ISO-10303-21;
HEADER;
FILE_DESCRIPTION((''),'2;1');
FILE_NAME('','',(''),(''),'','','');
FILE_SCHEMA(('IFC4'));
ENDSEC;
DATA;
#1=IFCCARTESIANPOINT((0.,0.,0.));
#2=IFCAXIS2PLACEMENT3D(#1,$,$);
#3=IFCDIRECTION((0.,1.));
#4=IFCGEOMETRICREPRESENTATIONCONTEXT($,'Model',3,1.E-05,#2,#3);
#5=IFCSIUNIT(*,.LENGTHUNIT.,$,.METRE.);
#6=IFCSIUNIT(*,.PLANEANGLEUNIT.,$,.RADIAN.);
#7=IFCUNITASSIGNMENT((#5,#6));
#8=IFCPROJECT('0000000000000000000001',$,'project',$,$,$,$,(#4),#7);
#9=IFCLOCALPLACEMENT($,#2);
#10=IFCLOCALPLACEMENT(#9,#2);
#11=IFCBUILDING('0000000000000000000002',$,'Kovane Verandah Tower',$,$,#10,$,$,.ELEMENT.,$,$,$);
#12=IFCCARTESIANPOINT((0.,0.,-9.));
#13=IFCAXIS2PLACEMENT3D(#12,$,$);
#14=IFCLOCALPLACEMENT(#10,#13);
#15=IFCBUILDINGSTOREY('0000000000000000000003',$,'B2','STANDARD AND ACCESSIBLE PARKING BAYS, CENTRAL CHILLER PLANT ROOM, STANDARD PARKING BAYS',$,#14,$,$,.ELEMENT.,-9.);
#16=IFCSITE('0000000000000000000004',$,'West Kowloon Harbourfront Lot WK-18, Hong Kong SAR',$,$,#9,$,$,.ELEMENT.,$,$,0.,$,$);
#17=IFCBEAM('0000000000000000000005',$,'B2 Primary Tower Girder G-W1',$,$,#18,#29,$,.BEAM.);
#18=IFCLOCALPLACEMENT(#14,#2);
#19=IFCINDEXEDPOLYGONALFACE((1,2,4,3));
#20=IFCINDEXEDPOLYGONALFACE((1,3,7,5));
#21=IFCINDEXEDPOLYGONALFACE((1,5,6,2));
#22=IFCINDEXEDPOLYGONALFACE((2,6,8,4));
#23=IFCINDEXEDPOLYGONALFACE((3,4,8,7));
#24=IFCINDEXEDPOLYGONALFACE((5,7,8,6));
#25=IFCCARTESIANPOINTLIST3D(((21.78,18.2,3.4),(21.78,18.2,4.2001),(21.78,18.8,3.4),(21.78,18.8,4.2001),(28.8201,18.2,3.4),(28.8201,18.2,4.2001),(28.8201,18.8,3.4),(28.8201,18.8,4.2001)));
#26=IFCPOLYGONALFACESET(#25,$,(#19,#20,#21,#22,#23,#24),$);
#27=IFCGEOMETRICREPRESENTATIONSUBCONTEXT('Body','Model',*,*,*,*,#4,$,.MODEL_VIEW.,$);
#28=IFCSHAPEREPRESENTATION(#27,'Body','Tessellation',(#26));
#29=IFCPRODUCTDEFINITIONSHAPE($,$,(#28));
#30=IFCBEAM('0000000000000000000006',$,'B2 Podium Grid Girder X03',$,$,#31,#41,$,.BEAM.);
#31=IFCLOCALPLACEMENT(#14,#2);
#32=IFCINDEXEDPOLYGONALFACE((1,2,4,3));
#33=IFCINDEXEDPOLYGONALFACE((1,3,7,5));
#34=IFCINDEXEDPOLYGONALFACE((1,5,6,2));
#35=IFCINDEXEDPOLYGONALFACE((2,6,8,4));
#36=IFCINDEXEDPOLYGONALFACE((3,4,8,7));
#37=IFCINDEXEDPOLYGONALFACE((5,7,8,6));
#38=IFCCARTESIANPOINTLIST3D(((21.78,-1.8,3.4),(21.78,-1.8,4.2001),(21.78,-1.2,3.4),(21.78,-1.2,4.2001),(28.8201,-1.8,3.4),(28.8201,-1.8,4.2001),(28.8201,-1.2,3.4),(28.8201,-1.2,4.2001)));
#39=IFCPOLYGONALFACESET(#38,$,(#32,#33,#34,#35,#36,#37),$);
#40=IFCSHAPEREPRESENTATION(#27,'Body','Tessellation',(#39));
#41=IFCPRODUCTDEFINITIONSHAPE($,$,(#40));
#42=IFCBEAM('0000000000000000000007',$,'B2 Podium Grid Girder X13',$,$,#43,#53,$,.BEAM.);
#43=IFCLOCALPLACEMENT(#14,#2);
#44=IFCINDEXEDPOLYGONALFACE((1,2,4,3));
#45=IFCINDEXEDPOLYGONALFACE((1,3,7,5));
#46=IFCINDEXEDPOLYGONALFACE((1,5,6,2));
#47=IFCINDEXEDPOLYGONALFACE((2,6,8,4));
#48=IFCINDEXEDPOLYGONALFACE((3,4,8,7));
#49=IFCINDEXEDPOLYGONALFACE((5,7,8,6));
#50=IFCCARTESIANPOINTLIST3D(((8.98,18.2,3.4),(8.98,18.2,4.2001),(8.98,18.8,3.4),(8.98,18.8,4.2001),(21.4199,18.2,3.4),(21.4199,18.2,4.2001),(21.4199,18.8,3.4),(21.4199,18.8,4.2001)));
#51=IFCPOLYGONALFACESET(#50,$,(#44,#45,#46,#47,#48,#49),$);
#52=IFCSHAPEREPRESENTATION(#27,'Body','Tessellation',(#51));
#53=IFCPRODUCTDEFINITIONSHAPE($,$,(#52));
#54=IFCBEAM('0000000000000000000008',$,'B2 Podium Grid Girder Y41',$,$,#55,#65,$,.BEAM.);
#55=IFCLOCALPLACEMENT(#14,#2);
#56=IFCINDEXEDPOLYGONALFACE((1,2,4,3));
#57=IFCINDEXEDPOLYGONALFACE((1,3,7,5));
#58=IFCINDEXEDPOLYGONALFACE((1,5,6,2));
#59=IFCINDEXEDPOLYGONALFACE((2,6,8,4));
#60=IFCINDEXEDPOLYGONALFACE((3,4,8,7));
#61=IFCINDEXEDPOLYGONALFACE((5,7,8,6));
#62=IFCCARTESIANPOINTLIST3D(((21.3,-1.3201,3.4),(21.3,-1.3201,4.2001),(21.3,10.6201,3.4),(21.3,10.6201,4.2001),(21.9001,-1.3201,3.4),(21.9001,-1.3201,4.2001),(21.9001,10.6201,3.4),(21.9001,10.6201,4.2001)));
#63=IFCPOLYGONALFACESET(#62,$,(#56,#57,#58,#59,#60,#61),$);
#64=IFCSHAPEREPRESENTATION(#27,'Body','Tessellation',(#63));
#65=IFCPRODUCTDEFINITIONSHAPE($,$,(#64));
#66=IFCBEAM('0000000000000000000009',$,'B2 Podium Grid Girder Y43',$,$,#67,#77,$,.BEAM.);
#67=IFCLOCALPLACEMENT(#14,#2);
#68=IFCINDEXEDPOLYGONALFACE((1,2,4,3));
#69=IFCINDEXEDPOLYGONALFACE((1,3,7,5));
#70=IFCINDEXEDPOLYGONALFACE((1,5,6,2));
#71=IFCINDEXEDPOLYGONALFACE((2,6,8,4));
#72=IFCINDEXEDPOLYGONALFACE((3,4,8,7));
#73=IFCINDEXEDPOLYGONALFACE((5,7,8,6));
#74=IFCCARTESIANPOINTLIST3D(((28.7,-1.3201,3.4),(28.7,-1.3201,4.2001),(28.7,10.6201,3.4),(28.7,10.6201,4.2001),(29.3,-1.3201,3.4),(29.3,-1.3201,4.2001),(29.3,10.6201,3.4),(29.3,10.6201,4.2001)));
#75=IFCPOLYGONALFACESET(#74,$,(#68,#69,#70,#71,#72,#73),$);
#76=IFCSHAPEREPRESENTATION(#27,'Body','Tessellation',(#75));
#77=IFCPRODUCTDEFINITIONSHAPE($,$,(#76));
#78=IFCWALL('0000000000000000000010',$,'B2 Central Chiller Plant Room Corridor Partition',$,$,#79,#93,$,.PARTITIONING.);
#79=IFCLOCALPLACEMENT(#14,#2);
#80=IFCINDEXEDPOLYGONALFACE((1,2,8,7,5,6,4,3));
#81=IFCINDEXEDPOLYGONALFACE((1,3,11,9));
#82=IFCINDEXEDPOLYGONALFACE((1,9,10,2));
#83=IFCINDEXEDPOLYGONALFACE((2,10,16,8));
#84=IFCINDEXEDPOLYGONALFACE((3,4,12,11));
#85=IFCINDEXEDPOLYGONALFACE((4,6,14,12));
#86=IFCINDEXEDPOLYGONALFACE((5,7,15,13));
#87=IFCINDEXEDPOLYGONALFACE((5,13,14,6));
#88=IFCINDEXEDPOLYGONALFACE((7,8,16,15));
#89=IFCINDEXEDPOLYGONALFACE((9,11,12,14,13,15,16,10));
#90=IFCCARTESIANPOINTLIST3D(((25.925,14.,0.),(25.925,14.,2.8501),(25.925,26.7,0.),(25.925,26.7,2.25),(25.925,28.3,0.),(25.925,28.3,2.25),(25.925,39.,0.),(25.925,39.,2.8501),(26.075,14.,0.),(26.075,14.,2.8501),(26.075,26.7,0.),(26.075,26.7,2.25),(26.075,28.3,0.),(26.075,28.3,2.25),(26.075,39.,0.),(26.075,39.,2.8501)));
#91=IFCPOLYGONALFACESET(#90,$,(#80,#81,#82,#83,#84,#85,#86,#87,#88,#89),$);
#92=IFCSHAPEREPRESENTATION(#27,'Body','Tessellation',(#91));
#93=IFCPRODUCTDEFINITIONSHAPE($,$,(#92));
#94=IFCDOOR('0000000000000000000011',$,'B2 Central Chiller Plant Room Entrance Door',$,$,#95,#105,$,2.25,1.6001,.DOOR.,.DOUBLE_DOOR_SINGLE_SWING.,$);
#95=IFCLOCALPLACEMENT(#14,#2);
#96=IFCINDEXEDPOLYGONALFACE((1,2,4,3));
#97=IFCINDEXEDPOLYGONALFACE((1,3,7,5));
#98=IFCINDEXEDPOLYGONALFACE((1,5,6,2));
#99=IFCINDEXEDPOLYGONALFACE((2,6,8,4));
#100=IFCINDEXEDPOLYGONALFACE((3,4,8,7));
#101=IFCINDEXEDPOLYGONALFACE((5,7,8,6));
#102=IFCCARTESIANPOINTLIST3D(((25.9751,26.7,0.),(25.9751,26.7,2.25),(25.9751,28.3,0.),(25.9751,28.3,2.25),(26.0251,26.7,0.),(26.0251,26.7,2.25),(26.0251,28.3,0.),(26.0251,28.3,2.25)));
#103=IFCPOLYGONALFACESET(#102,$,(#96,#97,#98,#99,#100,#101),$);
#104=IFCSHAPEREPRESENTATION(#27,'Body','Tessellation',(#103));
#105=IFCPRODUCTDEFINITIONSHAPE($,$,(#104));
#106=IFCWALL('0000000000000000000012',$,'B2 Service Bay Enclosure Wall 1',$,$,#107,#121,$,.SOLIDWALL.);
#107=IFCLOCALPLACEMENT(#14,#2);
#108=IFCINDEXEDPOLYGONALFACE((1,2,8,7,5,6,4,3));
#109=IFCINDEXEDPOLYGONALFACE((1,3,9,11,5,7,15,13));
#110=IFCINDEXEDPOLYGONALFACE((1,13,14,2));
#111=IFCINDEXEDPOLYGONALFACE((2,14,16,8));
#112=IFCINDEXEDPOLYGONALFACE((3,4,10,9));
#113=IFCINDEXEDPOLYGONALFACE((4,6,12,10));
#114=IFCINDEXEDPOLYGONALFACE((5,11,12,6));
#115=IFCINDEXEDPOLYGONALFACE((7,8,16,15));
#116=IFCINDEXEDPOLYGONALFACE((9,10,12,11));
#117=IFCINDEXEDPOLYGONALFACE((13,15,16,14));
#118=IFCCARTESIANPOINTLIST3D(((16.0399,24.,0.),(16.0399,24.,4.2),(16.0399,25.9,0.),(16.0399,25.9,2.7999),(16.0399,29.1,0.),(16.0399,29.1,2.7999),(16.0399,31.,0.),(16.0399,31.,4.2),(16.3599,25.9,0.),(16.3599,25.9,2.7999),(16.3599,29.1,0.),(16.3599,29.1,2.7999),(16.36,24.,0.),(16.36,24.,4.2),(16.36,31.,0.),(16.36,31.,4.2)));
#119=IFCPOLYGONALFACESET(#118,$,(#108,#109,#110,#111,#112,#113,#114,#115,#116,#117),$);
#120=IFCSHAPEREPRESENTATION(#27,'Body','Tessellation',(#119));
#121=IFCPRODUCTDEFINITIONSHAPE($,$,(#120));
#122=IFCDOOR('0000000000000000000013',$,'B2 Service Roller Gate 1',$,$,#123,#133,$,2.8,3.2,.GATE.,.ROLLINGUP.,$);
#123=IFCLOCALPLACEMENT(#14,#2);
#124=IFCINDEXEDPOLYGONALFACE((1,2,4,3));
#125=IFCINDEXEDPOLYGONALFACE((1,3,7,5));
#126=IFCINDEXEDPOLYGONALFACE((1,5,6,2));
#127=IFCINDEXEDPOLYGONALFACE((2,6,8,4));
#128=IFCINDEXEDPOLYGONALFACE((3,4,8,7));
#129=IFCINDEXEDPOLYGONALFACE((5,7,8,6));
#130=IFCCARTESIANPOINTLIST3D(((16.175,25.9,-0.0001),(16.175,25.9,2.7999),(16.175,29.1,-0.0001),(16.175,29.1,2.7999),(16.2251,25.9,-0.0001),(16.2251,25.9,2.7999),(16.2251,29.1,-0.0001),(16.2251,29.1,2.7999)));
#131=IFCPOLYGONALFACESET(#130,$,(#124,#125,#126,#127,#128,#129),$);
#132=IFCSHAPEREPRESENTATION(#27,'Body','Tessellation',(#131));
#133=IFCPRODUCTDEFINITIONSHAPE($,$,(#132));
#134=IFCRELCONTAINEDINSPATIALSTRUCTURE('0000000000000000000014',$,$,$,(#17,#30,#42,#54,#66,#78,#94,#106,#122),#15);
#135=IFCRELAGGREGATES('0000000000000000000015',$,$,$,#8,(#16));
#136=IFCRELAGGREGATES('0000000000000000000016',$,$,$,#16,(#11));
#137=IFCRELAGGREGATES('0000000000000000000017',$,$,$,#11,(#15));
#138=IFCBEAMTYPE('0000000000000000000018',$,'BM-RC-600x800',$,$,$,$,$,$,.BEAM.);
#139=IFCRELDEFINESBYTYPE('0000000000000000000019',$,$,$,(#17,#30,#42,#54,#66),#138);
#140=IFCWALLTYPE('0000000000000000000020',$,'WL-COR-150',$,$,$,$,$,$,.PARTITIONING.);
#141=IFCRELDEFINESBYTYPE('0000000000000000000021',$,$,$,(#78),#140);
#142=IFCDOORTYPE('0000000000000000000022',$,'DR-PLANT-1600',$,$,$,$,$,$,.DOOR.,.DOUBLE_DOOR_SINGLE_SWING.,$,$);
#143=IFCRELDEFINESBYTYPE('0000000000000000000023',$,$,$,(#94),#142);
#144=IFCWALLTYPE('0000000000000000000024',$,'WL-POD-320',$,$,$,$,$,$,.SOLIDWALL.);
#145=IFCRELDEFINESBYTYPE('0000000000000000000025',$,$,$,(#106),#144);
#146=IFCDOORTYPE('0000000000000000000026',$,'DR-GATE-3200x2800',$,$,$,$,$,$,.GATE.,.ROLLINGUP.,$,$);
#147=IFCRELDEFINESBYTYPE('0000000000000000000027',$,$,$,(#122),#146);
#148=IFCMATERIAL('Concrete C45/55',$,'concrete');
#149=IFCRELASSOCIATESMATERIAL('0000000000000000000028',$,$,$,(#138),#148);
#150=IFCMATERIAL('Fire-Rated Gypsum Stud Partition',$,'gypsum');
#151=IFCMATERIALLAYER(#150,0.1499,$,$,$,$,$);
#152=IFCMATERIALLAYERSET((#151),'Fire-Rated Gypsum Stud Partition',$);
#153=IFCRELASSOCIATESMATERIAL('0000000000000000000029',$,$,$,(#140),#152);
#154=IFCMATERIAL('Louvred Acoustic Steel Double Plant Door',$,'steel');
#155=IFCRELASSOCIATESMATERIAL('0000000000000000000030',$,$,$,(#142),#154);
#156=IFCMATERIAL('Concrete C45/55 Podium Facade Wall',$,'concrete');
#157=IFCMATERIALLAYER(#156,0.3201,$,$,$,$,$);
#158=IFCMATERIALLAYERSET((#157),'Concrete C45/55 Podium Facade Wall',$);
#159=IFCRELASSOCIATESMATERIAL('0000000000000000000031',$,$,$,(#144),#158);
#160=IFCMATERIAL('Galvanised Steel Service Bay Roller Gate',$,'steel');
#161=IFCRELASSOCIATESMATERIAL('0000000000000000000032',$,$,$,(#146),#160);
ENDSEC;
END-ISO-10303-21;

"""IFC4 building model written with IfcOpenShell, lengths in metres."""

from ifc_helpers import new_model, si_unit, direction, frame, frame_2d, origin, origin_2d, place, context, subcontext, project, spatial, rectangle, extrude, material, layer, layer_set, material_profile, profile_set, type_object, element, fill, save


model = new_model("IFC4")

# Units and contexts
model_context = context("Model", 3, precision=1e-05, world=origin(), true_north=direction((0.0, 1.0)))
body_context = subcontext(model_context, "Body", "Model", "MODEL_VIEW")
ifc_project = project(units=[si_unit("LENGTHUNIT", "METRE"), si_unit("PLANEANGLEUNIT", "RADIAN")], contexts=[model_context])

# Site, building, storey
site_placement = place(None, origin())
site = spatial("IfcSite", under=ifc_project, at=site_placement, Name="West Kowloon Harbourfront Lot WK-18, Hong Kong SAR", CompositionType="ELEMENT", RefElevation=0.0)
building_placement = place(site_placement, origin())
building = spatial("IfcBuilding", under=site, at=building_placement, Name="Kovane Verandah Tower", CompositionType="ELEMENT")
storey_placement = place(building_placement, frame((0.0, 0.0, -9.0)))
storey = spatial("IfcBuildingStorey", under=building, at=storey_placement, Name="B2", Description="STANDARD AND ACCESSIBLE PARKING BAYS, CENTRAL CHILLER PLANT ROOM, STANDARD PARKING BAYS", CompositionType="ELEMENT", Elevation=-9.0)

# Beams
ifc_material_1 = material(Name="Concrete C45/55", Category="concrete")
ifc_material_profile_1 = material_profile(ifc_material_1, rectangle(XDim=0.6001, YDim=0.8, at=origin_2d()), Name="RCB600x800")
ifc_profile_set_1 = profile_set([ifc_material_profile_1], Name="Concrete C45/55")
beam_type_1 = type_object("IfcBeamType", Name="BM-RC-600x800", PredefinedType="BEAM", material=ifc_profile_set_1)
for number, where, z_axis, x_axis, name in (
    (1, (28.8201, 18.5, 3.8), (-1.0, 0.0, 0.0), (0.0, -1.0, 0.0), "B2 Primary Tower Girder G-W1"),
    (2, (21.78, -1.5, 3.8), (1.0, 0.0, 0.0), (0.0, 1.0, 0.0), "B2 Podium Grid Girder X03"),
):
    element("IfcBeam", number, at=place(storey_placement, frame(where, z_axis=z_axis, x_axis=x_axis)), inside=storey, type_object=beam_type_1, Name=name, PredefinedType="BEAM", context=body_context, shape_type="SweptSolid", body=[
        extrude(rectangle(XDim=0.6001, YDim=0.8, at=origin_2d()), origin(), (0.0, 0.0, 1.0), 7.04),
    ])
beam_1_placement = place(storey_placement, frame((8.98, 18.5, 3.8), z_axis=(1.0, 0.0, 0.0), x_axis=(0.0, 1.0, 0.0)))
element("IfcBeam", 3, at=beam_1_placement, inside=storey, type_object=beam_type_1, Name="B2 Podium Grid Girder X13", PredefinedType="BEAM", context=body_context, shape_type="SweptSolid", body=[
    extrude(rectangle(XDim=0.6001, YDim=0.8, at=origin_2d()), origin(), (0.0, 0.0, 1.0), 12.4399),
])
for number, where, z_axis, x_axis, name in (
    (4, (21.6001, -1.3201, 3.8), (0.0, 1.0, 0.0), (-1.0, 0.0, 0.0), "B2 Podium Grid Girder Y41"),
    (5, (29.0, -1.3201, 3.8), (0.0, 1.0, 0.0), (-1.0, 0.0, 0.0), "B2 Podium Grid Girder Y43"),
):
    element("IfcBeam", number, at=place(storey_placement, frame(where, z_axis=z_axis, x_axis=x_axis)), inside=storey, type_object=beam_type_1, Name=name, PredefinedType="BEAM", context=body_context, shape_type="SweptSolid", body=[
        extrude(rectangle(XDim=0.6001, YDim=0.8, at=origin_2d()), origin(), (0.0, 0.0, 1.0), 11.9402),
    ])

# Walls, openings, doors
ifc_material_2 = material(Name="Fire-Rated Gypsum Stud Partition", Category="gypsum")
ifc_layer_1 = layer(ifc_material_2, 0.1499)
ifc_layer_set_1 = layer_set([ifc_layer_1], Name="Fire-Rated Gypsum Stud Partition")
wall_type_1 = type_object("IfcWallType", Name="WL-COR-150", PredefinedType="PARTITIONING", material=ifc_layer_set_1)
wall_1_placement = place(storey_placement, frame((26.0, 14.0, 0.0), z_axis=(0.0, 0.0, 1.0), x_axis=(0.0, 1.0, 0.0)))
wall_1 = element("IfcWall", 6, at=wall_1_placement, inside=storey, type_object=wall_type_1, Name="B2 Central Chiller Plant Room Corridor Partition", PredefinedType="PARTITIONING", context=body_context, shape_type="SweptSolid", body=[
    extrude(rectangle(XDim=25.0, YDim=0.1499, at=frame_2d((12.5, 0.0))), origin(), (0.0, 0.0, 1.0), 2.8501),
])
opening_1_placement = place(wall_1_placement, frame((12.7, 0.0, 0.0)))
opening_1 = element("IfcOpeningElement", 7, at=opening_1_placement, cuts=wall_1, PredefinedType="OPENING", context=body_context, shape_type="SweptSolid", body=[
    extrude(rectangle(XDim=1.6001, YDim=2.25, at=frame_2d((0.8, 1.125))), frame((0.0, 0.075, 0.0), z_axis=(0.0, -1.0, 0.0), x_axis=(1.0, 0.0, 0.0)), (0.0, 0.0, 1.0), 0.1499),
])
ifc_material_3 = material(Name="Louvred Acoustic Steel Double Plant Door", Category="steel")
door_type_1 = type_object("IfcDoorType", Name="DR-PLANT-1600", OperationType="DOUBLE_DOOR_SINGLE_SWING", PredefinedType="DOOR", material=ifc_material_3)
door_1_placement = place(opening_1_placement, origin())
door_1 = element("IfcDoor", 8, at=door_1_placement, inside=storey, type_object=door_type_1, Name="B2 Central Chiller Plant Room Entrance Door", OperationType="DOUBLE_DOOR_SINGLE_SWING", OverallHeight=2.25, OverallWidth=1.6001, PredefinedType="DOOR", context=body_context, shape_type="SweptSolid", body=[
    extrude(rectangle(XDim=1.6001, YDim=2.25, at=frame_2d((0.8, 1.125))), frame((0.0, 0.0249, 0.0), z_axis=(0.0, -1.0, 0.0), x_axis=(1.0, 0.0, 0.0)), (0.0, 0.0, 1.0), 0.05),
])
fill(opening_1, door_1)
ifc_material_4 = material(Name="Concrete C45/55 Podium Facade Wall", Category="concrete")
ifc_layer_2 = layer(ifc_material_4, 0.3201)
ifc_layer_set_2 = layer_set([ifc_layer_2], Name="Concrete C45/55 Podium Facade Wall")
wall_type_2 = type_object("IfcWallType", Name="WL-POD-320", PredefinedType="SOLIDWALL", material=ifc_layer_set_2)
wall_2_placement = place(storey_placement, frame((16.2, 24.0, 0.0), z_axis=(0.0, 0.0, 1.0), x_axis=(0.0, 1.0, 0.0)))
wall_2 = element("IfcWall", 9, at=wall_2_placement, inside=storey, type_object=wall_type_2, Name="B2 Service Bay Enclosure Wall 1", PredefinedType="SOLIDWALL", context=body_context, shape_type="SweptSolid", body=[
    extrude(rectangle(XDim=7.0, YDim=0.3201, at=frame_2d((3.5, 0.0))), origin(), (0.0, 0.0, 1.0), 4.2),
])
opening_2_placement = place(wall_2_placement, frame((1.8999, 0.0, 0.0)))
opening_2 = element("IfcOpeningElement", 10, at=opening_2_placement, cuts=wall_2, PredefinedType="OPENING", context=body_context, shape_type="SweptSolid", body=[
    extrude(rectangle(XDim=3.2, YDim=2.8, at=frame_2d((1.6001, 1.3999))), frame((0.0, 0.1602, 0.0), z_axis=(0.0, -1.0, 0.0), x_axis=(1.0, 0.0, 0.0)), (0.0, 0.0, 1.0), 0.3201),
])
ifc_material_5 = material(Name="Galvanised Steel Service Bay Roller Gate", Category="steel")
door_type_2 = type_object("IfcDoorType", Name="DR-GATE-3200x2800", OperationType="ROLLINGUP", PredefinedType="GATE", material=ifc_material_5)
door_2_placement = place(opening_2_placement, origin())
door_2 = element("IfcDoor", 11, at=door_2_placement, inside=storey, type_object=door_type_2, Name="B2 Service Roller Gate 1", OperationType="ROLLINGUP", OverallHeight=2.8, OverallWidth=3.2, PredefinedType="GATE", context=body_context, shape_type="SweptSolid", body=[
    extrude(rectangle(XDim=3.2, YDim=2.8, at=frame_2d((1.6001, 1.3999))), frame((0.0, 0.0249, 0.0), z_axis=(0.0, -1.0, 0.0), x_axis=(1.0, 0.0, 0.0)), (0.0, 0.0, 1.0), 0.05),
])
fill(opening_2, door_2)

save(model, "model.ifc")
